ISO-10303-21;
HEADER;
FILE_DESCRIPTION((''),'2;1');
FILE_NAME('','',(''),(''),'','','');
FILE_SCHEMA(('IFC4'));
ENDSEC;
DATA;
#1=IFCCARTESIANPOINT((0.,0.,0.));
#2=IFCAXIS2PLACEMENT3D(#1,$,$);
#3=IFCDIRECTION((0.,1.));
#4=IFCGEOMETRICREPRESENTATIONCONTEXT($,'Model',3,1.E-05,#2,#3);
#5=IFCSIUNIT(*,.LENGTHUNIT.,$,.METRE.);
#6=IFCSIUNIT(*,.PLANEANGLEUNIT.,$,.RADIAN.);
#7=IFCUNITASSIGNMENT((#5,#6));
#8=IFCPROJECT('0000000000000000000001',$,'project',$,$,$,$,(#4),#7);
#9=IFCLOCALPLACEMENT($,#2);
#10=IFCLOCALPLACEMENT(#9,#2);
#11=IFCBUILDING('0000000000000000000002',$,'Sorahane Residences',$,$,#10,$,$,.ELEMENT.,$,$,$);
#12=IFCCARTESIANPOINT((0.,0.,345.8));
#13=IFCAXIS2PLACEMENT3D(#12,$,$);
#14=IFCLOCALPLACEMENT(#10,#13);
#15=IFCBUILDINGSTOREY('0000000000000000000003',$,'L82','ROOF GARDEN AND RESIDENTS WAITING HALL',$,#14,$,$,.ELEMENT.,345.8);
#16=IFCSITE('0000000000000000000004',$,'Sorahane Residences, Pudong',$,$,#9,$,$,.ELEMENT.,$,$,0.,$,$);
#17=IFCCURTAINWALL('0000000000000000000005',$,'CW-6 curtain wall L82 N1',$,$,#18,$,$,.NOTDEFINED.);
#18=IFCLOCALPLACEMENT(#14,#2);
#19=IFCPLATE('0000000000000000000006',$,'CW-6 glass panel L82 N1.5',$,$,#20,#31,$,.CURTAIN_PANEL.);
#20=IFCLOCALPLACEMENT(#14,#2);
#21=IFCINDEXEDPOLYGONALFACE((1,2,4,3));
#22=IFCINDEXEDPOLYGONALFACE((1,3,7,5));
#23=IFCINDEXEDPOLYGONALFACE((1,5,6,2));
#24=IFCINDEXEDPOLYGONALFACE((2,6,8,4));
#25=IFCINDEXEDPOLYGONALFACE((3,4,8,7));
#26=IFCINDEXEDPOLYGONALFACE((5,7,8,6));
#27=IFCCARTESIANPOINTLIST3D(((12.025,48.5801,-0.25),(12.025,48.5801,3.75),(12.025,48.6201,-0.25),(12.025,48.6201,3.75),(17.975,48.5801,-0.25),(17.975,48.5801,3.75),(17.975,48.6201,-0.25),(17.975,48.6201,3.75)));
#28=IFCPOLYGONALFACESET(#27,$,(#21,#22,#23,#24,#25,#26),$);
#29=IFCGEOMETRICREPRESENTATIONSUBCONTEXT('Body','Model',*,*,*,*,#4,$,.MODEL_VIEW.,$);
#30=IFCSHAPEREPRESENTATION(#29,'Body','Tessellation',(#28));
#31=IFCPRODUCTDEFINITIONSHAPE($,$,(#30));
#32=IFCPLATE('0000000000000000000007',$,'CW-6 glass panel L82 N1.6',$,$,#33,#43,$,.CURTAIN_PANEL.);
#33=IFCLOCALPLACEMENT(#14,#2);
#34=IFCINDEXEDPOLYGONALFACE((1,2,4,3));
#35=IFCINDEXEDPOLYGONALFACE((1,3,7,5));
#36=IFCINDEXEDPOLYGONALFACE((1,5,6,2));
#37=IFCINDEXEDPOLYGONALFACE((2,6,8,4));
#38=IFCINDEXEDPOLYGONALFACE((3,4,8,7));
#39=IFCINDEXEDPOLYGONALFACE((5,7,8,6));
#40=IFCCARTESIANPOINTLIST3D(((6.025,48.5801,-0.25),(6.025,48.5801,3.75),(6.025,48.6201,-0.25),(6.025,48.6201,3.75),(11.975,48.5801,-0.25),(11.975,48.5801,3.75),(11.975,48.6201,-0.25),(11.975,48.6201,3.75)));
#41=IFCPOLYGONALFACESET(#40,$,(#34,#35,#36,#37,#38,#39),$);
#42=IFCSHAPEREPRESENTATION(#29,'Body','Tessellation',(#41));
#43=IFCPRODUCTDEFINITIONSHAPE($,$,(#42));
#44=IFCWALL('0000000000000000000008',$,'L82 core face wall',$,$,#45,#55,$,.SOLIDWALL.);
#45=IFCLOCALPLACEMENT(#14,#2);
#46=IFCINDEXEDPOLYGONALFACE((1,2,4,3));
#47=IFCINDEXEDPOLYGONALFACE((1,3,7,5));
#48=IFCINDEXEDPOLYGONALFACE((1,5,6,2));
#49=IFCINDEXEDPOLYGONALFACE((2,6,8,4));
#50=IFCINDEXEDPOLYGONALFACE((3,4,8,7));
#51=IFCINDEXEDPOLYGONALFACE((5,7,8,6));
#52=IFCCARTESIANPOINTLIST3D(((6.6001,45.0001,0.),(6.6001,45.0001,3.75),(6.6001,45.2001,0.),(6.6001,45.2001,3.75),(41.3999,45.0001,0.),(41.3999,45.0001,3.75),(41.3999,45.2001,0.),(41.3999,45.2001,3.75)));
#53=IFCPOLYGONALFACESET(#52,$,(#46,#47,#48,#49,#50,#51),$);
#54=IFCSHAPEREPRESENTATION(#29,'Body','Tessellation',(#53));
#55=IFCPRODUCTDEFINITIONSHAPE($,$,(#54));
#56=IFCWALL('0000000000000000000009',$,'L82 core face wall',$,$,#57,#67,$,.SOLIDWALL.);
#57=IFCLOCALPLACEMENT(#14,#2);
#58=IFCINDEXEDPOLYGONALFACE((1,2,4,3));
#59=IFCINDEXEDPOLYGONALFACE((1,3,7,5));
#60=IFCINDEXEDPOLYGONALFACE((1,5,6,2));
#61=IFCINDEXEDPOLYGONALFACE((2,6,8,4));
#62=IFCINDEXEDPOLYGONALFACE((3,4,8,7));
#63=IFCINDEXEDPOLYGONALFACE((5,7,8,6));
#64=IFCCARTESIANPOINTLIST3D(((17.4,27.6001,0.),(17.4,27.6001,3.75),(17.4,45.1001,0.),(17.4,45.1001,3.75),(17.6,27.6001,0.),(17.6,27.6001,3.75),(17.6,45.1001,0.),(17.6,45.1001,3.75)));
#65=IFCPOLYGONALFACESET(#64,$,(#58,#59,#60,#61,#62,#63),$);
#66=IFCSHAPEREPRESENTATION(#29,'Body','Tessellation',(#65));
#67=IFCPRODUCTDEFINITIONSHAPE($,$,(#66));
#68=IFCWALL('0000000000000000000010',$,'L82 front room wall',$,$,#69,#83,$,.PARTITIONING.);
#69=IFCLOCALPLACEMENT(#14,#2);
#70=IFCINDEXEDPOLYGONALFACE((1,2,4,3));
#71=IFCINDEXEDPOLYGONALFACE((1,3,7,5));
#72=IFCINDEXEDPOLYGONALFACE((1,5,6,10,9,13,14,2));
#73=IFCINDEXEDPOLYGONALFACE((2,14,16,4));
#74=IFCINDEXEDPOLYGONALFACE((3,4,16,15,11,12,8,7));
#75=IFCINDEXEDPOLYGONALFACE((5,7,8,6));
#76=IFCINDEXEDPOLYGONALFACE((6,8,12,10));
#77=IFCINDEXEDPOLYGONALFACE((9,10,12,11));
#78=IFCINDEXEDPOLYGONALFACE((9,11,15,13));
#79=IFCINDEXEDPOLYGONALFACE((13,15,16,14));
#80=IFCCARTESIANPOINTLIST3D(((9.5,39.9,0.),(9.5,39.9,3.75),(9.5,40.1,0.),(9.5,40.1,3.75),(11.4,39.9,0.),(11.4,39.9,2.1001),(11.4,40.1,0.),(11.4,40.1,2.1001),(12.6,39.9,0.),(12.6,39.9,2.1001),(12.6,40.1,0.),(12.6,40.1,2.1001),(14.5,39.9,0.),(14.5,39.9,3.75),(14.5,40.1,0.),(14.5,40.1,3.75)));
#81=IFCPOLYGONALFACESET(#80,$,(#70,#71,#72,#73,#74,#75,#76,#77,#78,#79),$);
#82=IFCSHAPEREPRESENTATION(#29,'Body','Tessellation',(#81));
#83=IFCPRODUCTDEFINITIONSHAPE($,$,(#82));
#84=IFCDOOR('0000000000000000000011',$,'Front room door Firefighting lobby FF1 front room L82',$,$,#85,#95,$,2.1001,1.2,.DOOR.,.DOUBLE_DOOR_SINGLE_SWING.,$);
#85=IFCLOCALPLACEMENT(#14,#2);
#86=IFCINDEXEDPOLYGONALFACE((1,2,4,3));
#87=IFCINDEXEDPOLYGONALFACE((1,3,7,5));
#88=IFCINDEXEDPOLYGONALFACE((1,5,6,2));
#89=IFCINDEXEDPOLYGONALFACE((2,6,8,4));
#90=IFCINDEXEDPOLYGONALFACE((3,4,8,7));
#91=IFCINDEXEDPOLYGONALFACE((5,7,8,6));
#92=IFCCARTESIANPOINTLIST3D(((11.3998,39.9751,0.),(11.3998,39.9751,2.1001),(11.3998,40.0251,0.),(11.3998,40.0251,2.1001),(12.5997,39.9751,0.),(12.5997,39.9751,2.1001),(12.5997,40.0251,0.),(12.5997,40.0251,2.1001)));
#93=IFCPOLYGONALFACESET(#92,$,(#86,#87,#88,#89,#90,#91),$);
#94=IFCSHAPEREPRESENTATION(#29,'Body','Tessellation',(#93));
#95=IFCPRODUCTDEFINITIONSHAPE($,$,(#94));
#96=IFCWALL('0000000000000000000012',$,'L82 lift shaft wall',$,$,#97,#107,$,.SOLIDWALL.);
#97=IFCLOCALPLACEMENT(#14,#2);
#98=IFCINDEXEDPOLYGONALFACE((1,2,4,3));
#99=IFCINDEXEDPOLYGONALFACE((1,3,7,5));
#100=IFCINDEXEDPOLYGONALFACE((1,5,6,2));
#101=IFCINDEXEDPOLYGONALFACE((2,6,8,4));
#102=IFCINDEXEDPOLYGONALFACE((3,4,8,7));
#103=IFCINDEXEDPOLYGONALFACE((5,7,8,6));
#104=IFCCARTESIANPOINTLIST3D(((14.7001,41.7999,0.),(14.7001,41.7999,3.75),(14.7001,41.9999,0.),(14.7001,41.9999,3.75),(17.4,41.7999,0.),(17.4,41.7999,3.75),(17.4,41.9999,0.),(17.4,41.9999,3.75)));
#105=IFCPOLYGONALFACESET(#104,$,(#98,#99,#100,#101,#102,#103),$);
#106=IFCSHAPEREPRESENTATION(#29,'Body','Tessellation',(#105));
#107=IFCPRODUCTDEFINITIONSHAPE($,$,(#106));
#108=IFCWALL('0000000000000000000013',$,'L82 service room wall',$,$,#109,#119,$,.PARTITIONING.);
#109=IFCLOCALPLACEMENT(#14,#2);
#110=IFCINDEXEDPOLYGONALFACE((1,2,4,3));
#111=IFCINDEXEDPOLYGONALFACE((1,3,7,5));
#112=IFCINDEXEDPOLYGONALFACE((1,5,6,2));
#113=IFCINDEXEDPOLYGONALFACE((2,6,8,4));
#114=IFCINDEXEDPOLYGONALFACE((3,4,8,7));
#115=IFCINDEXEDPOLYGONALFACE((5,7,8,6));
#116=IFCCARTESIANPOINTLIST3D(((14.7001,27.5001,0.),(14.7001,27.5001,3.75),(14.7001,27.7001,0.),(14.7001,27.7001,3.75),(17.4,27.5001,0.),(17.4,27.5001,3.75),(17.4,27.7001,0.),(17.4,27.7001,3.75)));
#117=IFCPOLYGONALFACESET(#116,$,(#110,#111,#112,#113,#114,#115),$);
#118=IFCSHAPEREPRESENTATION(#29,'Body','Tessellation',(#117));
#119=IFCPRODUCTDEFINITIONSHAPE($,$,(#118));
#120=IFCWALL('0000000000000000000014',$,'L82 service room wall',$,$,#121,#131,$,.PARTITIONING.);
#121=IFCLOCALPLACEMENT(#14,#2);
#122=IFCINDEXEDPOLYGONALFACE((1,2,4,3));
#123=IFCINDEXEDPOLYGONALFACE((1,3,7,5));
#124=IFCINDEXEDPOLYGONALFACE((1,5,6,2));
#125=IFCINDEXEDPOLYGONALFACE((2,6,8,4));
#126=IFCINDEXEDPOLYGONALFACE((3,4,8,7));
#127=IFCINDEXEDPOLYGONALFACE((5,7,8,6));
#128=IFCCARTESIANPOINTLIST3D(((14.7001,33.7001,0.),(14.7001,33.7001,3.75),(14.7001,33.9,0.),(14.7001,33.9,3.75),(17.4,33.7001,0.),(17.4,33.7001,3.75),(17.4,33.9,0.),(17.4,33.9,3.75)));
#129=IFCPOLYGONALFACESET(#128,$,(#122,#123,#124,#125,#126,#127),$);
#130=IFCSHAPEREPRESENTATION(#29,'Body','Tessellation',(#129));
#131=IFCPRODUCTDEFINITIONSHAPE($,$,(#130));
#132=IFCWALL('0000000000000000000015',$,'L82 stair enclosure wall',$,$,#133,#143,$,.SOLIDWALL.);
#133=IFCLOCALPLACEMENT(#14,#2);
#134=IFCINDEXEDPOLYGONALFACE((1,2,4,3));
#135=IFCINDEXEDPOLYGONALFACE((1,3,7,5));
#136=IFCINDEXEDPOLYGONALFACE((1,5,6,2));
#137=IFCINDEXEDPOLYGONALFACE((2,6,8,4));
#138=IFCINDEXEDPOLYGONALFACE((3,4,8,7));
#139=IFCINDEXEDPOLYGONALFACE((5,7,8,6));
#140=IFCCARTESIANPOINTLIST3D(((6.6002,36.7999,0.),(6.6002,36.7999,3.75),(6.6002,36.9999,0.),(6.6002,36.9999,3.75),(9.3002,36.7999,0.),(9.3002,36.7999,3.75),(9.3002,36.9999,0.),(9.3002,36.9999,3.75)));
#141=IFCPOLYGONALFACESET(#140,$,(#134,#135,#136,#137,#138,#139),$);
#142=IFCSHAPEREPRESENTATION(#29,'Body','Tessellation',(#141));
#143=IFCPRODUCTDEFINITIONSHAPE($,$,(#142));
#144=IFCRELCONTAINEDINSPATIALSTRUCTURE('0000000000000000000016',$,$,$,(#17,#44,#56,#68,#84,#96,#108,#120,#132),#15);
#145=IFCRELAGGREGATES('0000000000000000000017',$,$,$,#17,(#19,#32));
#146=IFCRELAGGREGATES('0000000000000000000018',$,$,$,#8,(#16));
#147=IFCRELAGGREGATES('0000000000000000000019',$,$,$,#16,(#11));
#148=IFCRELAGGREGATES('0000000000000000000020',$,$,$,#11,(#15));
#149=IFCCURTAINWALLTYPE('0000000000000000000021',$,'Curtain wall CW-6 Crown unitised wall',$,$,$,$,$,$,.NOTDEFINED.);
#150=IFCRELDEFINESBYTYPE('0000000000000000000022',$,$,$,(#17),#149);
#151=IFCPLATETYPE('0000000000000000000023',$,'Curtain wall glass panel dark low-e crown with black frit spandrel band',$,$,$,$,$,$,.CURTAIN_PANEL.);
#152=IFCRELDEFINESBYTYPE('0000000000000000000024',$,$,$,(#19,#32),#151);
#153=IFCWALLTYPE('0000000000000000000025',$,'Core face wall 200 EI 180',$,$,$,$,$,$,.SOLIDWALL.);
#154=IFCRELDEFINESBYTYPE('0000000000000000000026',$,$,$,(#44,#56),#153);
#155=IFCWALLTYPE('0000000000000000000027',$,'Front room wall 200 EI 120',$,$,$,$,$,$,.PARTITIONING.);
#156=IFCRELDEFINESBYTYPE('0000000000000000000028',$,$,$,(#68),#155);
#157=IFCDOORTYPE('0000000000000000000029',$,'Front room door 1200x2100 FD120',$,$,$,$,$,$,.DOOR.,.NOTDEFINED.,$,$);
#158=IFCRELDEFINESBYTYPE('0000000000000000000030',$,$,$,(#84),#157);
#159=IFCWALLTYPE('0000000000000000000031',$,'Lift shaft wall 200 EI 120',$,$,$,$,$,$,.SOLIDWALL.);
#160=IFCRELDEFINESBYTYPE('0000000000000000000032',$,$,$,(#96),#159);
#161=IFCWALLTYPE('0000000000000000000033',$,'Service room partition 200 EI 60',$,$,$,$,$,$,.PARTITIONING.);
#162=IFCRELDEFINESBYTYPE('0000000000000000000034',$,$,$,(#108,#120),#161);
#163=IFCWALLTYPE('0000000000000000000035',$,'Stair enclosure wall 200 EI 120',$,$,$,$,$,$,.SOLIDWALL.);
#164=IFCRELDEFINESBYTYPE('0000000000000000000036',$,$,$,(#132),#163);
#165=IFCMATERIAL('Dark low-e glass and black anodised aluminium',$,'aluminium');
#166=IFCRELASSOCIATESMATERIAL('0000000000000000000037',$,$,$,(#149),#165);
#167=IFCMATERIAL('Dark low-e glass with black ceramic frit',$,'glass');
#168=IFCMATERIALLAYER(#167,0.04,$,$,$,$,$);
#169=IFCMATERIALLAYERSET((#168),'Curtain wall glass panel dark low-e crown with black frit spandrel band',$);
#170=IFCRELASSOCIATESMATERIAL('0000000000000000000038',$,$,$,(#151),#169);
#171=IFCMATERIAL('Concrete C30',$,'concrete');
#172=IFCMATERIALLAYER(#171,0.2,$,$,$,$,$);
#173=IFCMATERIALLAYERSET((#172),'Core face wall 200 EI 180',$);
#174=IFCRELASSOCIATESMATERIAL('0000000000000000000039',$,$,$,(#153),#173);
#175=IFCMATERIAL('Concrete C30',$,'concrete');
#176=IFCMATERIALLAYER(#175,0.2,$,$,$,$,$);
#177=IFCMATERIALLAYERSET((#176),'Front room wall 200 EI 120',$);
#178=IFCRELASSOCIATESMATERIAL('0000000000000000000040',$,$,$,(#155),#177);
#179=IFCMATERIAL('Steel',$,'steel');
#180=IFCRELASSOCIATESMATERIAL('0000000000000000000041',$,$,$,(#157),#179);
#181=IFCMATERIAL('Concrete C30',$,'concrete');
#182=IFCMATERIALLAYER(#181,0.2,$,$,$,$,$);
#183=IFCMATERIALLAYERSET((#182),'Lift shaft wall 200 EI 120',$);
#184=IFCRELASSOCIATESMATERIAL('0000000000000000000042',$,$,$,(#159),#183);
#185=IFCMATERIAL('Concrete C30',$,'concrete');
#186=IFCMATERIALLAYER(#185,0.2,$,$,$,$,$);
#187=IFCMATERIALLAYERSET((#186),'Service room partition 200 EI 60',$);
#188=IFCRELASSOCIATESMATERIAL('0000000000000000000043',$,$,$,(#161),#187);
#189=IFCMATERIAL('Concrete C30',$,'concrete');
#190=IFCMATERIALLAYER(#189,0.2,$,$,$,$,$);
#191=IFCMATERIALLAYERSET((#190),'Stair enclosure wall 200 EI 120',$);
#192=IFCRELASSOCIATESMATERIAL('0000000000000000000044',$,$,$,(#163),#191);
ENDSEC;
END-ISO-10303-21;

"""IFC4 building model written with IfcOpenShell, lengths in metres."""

from ifc_helpers import new_model, si_unit, direction, frame, frame_2d, origin, origin_2d, place, context, subcontext, project, spatial, rectangle, extrude, material, layer, layer_set, type_object, element, fill, aggregate, save


model = new_model("IFC4")

# Units and contexts
model_context = context("Model", 3, precision=1e-05, world=origin(), true_north=direction((0.0, 1.0)))
body_context = subcontext(model_context, "Body", "Model", "MODEL_VIEW")
ifc_project = project(units=[si_unit("LENGTHUNIT", "METRE"), si_unit("PLANEANGLEUNIT", "RADIAN")], contexts=[model_context])

# Site, building, storey
site_placement = place(None, origin())
site = spatial("IfcSite", under=ifc_project, at=site_placement, Name="Sorahane Residences, Pudong", CompositionType="ELEMENT", RefElevation=0.0)
building_placement = place(site_placement, origin())
building = spatial("IfcBuilding", under=site, at=building_placement, Name="Sorahane Residences", CompositionType="ELEMENT")
storey_placement = place(building_placement, frame((0.0, 0.0, 345.8)))
storey = spatial("IfcBuildingStorey", under=building, at=storey_placement, Name="L82", Description="ROOF GARDEN AND RESIDENTS WAITING HALL", CompositionType="ELEMENT", Elevation=345.8)

# Curtain wall
ifc_material_1 = material(Name="Dark low-e glass and black anodised aluminium", Category="aluminium")
curtain_wall_type = type_object("IfcCurtainWallType", Name="Curtain wall CW-6 Crown unitised wall", PredefinedType="NOTDEFINED", material=ifc_material_1)
curtain_wall_placement = place(storey_placement, origin())
curtain_wall = element("IfcCurtainWall", 1, at=curtain_wall_placement, inside=storey, type_object=curtain_wall_type, Name="CW-6 curtain wall L82 N1", PredefinedType="NOTDEFINED")

# Plates
ifc_material_2 = material(Name="Dark low-e glass with black ceramic frit", Category="glass")
ifc_layer_1 = layer(ifc_material_2, 0.04)
ifc_layer_set_1 = layer_set([ifc_layer_1], Name="Curtain wall glass panel dark low-e crown with black frit spandrel band")
plate_type = type_object("IfcPlateType", Name="Curtain wall glass panel dark low-e crown with black frit spandrel band", PredefinedType="CURTAIN_PANEL", material=ifc_layer_set_1)
plate_1_placement = place(storey_placement, frame((15.0, 48.6001, -0.25), z_axis=(0.0, 0.0, 1.0), x_axis=(-1.0, 0.0, 0.0)))
plate_1 = element("IfcPlate", 2, at=plate_1_placement, type_object=plate_type, Name="CW-6 glass panel L82 N1.5", PredefinedType="CURTAIN_PANEL", context=body_context, shape_type="SweptSolid", body=[
    extrude(rectangle(XDim=5.95, YDim=0.04, at=origin_2d()), origin(), (0.0, 0.0, 1.0), 4.0),
])
plate_2_placement = place(storey_placement, frame((9.0, 48.6001, -0.25), z_axis=(0.0, 0.0, 1.0), x_axis=(-1.0, 0.0, 0.0)))
plate_2 = element("IfcPlate", 3, at=plate_2_placement, type_object=plate_type, Name="CW-6 glass panel L82 N1.6", PredefinedType="CURTAIN_PANEL", context=body_context, shape_type="SweptSolid", body=[
    extrude(rectangle(XDim=5.95, YDim=0.04, at=origin_2d()), origin(), (0.0, 0.0, 1.0), 4.0),
])
aggregate(curtain_wall, [plate_1, plate_2])

# Walls
ifc_material_3 = material(Name="Concrete C30", Category="concrete")
ifc_layer_2 = layer(ifc_material_3, 0.2)
ifc_layer_set_2 = layer_set([ifc_layer_2], Name="Core face wall 200 EI 180")
wall_type_1 = type_object("IfcWallType", Name="Core face wall 200 EI 180", PredefinedType="SOLIDWALL", material=ifc_layer_set_2)
wall_1_placement = place(storey_placement, frame((6.6001, 45.1001, 0.0), z_axis=(0.0, 0.0, 1.0), x_axis=(1.0, 0.0, 0.0)))
element("IfcWall", 4, at=wall_1_placement, inside=storey, type_object=wall_type_1, Name="L82 core face wall", PredefinedType="SOLIDWALL", context=body_context, shape_type="SweptSolid", body=[
    extrude(rectangle(XDim=34.7998, YDim=0.2, at=frame_2d((17.3999, 0.0))), origin(), (0.0, 0.0, 1.0), 3.75),
])
wall_2_placement = place(storey_placement, frame((17.5, 27.6001, 0.0), z_axis=(0.0, 0.0, 1.0), x_axis=(0.0, 1.0, 0.0)))
element("IfcWall", 5, at=wall_2_placement, inside=storey, type_object=wall_type_1, Name="L82 core face wall", PredefinedType="SOLIDWALL", context=body_context, shape_type="SweptSolid", body=[
    extrude(rectangle(XDim=17.5, YDim=0.2, at=frame_2d((8.75, 0.0))), origin(), (0.0, 0.0, 1.0), 3.75),
])

# Wall, opening, door
ifc_material_4 = material(Name="Concrete C30", Category="concrete")
ifc_layer_3 = layer(ifc_material_4, 0.2)
ifc_layer_set_3 = layer_set([ifc_layer_3], Name="Front room wall 200 EI 120")
wall_type_2 = type_object("IfcWallType", Name="Front room wall 200 EI 120", PredefinedType="PARTITIONING", material=ifc_layer_set_3)
wall_3_placement = place(storey_placement, frame((9.5, 40.0, 0.0), z_axis=(0.0, 0.0, 1.0), x_axis=(1.0, 0.0, 0.0)))
wall_3 = element("IfcWall", 6, at=wall_3_placement, inside=storey, type_object=wall_type_2, Name="L82 front room wall", PredefinedType="PARTITIONING", context=body_context, shape_type="SweptSolid", body=[
    extrude(rectangle(XDim=5.0, YDim=0.2, at=frame_2d((2.5, 0.0))), origin(), (0.0, 0.0, 1.0), 3.75),
])
opening_placement = place(wall_3_placement, frame((1.8999, 0.0, 0.0)))
opening = element("IfcOpeningElement", 7, at=opening_placement, cuts=wall_3, PredefinedType="OPENING", context=body_context, shape_type="SweptSolid", body=[
    extrude(rectangle(XDim=1.2, YDim=2.1001, at=frame_2d((0.6001, 1.05))), frame((0.0, 0.1099, 0.0), z_axis=(0.0, -1.0, 0.0), x_axis=(1.0, 0.0, 0.0)), (0.0, 0.0, 1.0), 0.22),
])
ifc_material_5 = material(Name="Steel", Category="steel")
door_type = type_object("IfcDoorType", Name="Front room door 1200x2100 FD120", OperationType="NOTDEFINED", PredefinedType="DOOR", material=ifc_material_5)
door_placement = place(opening_placement, frame((1.2, 0.0, 0.0), z_axis=(0.0, 0.0, 1.0), x_axis=(-1.0, 0.0, 0.0)))
door = element("IfcDoor", 8, at=door_placement, inside=storey, type_object=door_type, Name="Front room door Firefighting lobby FF1 front room L82", OperationType="DOUBLE_DOOR_SINGLE_SWING", OverallHeight=2.1001, OverallWidth=1.2, PredefinedType="DOOR", context=body_context, shape_type="SweptSolid", body=[
    extrude(rectangle(XDim=1.2, YDim=2.1001, at=frame_2d((0.6001, 1.05))), frame((0.0, 0.0249, 0.0), z_axis=(0.0, -1.0, 0.0), x_axis=(1.0, 0.0, 0.0)), (0.0, 0.0, 1.0), 0.05),
])
fill(opening, door)

# Walls
ifc_material_6 = material(Name="Concrete C30", Category="concrete")
ifc_layer_4 = layer(ifc_material_6, 0.2)
ifc_layer_set_4 = layer_set([ifc_layer_4], Name="Lift shaft wall 200 EI 120")
wall_type_3 = type_object("IfcWallType", Name="Lift shaft wall 200 EI 120", PredefinedType="SOLIDWALL", material=ifc_layer_set_4)
wall_4_placement = place(storey_placement, frame((14.7, 41.8999, 0.0), z_axis=(0.0, 0.0, 1.0), x_axis=(1.0, 0.0, 0.0)))
element("IfcWall", 9, at=wall_4_placement, inside=storey, type_object=wall_type_3, Name="L82 lift shaft wall", PredefinedType="SOLIDWALL", context=body_context, shape_type="SweptSolid", body=[
    extrude(rectangle(XDim=2.7, YDim=0.2, at=frame_2d((1.3501, 0.0))), origin(), (0.0, 0.0, 1.0), 3.75),
])
ifc_material_7 = material(Name="Concrete C30", Category="concrete")
ifc_layer_5 = layer(ifc_material_7, 0.2)
ifc_layer_set_5 = layer_set([ifc_layer_5], Name="Service room partition 200 EI 60")
wall_type_4 = type_object("IfcWallType", Name="Service room partition 200 EI 60", PredefinedType="PARTITIONING", material=ifc_layer_set_5)
for number, where, z_axis, x_axis, name in (
    (10, (14.7, 27.6001, 0.0), (0.0, 0.0, 1.0), (1.0, 0.0, 0.0), "L82 service room wall"),
    (11, (14.7, 33.8, 0.0), (0.0, 0.0, 1.0), (1.0, 0.0, 0.0), "L82 service room wall"),
):
    element("IfcWall", number, at=place(storey_placement, frame(where, z_axis=z_axis, x_axis=x_axis)), inside=storey, type_object=wall_type_4, Name=name, PredefinedType="PARTITIONING", context=body_context, shape_type="SweptSolid", body=[
        extrude(rectangle(XDim=2.7, YDim=0.2, at=frame_2d((1.3501, 0.0))), origin(), (0.0, 0.0, 1.0), 3.75),
    ])
ifc_material_8 = material(Name="Concrete C30", Category="concrete")
ifc_layer_6 = layer(ifc_material_8, 0.2)
ifc_layer_set_6 = layer_set([ifc_layer_6], Name="Stair enclosure wall 200 EI 120")
wall_type_5 = type_object("IfcWallType", Name="Stair enclosure wall 200 EI 120", PredefinedType="SOLIDWALL", material=ifc_layer_set_6)
wall_5_placement = place(storey_placement, frame((6.6001, 36.8999, 0.0), z_axis=(0.0, 0.0, 1.0), x_axis=(1.0, 0.0, 0.0)))
element("IfcWall", 12, at=wall_5_placement, inside=storey, type_object=wall_type_5, Name="L82 stair enclosure wall", PredefinedType="SOLIDWALL", context=body_context, shape_type="SweptSolid", body=[
    extrude(rectangle(XDim=2.7, YDim=0.2, at=frame_2d((1.3501, 0.0))), origin(), (0.0, 0.0, 1.0), 3.75),
])

save(model, "model.ifc")
